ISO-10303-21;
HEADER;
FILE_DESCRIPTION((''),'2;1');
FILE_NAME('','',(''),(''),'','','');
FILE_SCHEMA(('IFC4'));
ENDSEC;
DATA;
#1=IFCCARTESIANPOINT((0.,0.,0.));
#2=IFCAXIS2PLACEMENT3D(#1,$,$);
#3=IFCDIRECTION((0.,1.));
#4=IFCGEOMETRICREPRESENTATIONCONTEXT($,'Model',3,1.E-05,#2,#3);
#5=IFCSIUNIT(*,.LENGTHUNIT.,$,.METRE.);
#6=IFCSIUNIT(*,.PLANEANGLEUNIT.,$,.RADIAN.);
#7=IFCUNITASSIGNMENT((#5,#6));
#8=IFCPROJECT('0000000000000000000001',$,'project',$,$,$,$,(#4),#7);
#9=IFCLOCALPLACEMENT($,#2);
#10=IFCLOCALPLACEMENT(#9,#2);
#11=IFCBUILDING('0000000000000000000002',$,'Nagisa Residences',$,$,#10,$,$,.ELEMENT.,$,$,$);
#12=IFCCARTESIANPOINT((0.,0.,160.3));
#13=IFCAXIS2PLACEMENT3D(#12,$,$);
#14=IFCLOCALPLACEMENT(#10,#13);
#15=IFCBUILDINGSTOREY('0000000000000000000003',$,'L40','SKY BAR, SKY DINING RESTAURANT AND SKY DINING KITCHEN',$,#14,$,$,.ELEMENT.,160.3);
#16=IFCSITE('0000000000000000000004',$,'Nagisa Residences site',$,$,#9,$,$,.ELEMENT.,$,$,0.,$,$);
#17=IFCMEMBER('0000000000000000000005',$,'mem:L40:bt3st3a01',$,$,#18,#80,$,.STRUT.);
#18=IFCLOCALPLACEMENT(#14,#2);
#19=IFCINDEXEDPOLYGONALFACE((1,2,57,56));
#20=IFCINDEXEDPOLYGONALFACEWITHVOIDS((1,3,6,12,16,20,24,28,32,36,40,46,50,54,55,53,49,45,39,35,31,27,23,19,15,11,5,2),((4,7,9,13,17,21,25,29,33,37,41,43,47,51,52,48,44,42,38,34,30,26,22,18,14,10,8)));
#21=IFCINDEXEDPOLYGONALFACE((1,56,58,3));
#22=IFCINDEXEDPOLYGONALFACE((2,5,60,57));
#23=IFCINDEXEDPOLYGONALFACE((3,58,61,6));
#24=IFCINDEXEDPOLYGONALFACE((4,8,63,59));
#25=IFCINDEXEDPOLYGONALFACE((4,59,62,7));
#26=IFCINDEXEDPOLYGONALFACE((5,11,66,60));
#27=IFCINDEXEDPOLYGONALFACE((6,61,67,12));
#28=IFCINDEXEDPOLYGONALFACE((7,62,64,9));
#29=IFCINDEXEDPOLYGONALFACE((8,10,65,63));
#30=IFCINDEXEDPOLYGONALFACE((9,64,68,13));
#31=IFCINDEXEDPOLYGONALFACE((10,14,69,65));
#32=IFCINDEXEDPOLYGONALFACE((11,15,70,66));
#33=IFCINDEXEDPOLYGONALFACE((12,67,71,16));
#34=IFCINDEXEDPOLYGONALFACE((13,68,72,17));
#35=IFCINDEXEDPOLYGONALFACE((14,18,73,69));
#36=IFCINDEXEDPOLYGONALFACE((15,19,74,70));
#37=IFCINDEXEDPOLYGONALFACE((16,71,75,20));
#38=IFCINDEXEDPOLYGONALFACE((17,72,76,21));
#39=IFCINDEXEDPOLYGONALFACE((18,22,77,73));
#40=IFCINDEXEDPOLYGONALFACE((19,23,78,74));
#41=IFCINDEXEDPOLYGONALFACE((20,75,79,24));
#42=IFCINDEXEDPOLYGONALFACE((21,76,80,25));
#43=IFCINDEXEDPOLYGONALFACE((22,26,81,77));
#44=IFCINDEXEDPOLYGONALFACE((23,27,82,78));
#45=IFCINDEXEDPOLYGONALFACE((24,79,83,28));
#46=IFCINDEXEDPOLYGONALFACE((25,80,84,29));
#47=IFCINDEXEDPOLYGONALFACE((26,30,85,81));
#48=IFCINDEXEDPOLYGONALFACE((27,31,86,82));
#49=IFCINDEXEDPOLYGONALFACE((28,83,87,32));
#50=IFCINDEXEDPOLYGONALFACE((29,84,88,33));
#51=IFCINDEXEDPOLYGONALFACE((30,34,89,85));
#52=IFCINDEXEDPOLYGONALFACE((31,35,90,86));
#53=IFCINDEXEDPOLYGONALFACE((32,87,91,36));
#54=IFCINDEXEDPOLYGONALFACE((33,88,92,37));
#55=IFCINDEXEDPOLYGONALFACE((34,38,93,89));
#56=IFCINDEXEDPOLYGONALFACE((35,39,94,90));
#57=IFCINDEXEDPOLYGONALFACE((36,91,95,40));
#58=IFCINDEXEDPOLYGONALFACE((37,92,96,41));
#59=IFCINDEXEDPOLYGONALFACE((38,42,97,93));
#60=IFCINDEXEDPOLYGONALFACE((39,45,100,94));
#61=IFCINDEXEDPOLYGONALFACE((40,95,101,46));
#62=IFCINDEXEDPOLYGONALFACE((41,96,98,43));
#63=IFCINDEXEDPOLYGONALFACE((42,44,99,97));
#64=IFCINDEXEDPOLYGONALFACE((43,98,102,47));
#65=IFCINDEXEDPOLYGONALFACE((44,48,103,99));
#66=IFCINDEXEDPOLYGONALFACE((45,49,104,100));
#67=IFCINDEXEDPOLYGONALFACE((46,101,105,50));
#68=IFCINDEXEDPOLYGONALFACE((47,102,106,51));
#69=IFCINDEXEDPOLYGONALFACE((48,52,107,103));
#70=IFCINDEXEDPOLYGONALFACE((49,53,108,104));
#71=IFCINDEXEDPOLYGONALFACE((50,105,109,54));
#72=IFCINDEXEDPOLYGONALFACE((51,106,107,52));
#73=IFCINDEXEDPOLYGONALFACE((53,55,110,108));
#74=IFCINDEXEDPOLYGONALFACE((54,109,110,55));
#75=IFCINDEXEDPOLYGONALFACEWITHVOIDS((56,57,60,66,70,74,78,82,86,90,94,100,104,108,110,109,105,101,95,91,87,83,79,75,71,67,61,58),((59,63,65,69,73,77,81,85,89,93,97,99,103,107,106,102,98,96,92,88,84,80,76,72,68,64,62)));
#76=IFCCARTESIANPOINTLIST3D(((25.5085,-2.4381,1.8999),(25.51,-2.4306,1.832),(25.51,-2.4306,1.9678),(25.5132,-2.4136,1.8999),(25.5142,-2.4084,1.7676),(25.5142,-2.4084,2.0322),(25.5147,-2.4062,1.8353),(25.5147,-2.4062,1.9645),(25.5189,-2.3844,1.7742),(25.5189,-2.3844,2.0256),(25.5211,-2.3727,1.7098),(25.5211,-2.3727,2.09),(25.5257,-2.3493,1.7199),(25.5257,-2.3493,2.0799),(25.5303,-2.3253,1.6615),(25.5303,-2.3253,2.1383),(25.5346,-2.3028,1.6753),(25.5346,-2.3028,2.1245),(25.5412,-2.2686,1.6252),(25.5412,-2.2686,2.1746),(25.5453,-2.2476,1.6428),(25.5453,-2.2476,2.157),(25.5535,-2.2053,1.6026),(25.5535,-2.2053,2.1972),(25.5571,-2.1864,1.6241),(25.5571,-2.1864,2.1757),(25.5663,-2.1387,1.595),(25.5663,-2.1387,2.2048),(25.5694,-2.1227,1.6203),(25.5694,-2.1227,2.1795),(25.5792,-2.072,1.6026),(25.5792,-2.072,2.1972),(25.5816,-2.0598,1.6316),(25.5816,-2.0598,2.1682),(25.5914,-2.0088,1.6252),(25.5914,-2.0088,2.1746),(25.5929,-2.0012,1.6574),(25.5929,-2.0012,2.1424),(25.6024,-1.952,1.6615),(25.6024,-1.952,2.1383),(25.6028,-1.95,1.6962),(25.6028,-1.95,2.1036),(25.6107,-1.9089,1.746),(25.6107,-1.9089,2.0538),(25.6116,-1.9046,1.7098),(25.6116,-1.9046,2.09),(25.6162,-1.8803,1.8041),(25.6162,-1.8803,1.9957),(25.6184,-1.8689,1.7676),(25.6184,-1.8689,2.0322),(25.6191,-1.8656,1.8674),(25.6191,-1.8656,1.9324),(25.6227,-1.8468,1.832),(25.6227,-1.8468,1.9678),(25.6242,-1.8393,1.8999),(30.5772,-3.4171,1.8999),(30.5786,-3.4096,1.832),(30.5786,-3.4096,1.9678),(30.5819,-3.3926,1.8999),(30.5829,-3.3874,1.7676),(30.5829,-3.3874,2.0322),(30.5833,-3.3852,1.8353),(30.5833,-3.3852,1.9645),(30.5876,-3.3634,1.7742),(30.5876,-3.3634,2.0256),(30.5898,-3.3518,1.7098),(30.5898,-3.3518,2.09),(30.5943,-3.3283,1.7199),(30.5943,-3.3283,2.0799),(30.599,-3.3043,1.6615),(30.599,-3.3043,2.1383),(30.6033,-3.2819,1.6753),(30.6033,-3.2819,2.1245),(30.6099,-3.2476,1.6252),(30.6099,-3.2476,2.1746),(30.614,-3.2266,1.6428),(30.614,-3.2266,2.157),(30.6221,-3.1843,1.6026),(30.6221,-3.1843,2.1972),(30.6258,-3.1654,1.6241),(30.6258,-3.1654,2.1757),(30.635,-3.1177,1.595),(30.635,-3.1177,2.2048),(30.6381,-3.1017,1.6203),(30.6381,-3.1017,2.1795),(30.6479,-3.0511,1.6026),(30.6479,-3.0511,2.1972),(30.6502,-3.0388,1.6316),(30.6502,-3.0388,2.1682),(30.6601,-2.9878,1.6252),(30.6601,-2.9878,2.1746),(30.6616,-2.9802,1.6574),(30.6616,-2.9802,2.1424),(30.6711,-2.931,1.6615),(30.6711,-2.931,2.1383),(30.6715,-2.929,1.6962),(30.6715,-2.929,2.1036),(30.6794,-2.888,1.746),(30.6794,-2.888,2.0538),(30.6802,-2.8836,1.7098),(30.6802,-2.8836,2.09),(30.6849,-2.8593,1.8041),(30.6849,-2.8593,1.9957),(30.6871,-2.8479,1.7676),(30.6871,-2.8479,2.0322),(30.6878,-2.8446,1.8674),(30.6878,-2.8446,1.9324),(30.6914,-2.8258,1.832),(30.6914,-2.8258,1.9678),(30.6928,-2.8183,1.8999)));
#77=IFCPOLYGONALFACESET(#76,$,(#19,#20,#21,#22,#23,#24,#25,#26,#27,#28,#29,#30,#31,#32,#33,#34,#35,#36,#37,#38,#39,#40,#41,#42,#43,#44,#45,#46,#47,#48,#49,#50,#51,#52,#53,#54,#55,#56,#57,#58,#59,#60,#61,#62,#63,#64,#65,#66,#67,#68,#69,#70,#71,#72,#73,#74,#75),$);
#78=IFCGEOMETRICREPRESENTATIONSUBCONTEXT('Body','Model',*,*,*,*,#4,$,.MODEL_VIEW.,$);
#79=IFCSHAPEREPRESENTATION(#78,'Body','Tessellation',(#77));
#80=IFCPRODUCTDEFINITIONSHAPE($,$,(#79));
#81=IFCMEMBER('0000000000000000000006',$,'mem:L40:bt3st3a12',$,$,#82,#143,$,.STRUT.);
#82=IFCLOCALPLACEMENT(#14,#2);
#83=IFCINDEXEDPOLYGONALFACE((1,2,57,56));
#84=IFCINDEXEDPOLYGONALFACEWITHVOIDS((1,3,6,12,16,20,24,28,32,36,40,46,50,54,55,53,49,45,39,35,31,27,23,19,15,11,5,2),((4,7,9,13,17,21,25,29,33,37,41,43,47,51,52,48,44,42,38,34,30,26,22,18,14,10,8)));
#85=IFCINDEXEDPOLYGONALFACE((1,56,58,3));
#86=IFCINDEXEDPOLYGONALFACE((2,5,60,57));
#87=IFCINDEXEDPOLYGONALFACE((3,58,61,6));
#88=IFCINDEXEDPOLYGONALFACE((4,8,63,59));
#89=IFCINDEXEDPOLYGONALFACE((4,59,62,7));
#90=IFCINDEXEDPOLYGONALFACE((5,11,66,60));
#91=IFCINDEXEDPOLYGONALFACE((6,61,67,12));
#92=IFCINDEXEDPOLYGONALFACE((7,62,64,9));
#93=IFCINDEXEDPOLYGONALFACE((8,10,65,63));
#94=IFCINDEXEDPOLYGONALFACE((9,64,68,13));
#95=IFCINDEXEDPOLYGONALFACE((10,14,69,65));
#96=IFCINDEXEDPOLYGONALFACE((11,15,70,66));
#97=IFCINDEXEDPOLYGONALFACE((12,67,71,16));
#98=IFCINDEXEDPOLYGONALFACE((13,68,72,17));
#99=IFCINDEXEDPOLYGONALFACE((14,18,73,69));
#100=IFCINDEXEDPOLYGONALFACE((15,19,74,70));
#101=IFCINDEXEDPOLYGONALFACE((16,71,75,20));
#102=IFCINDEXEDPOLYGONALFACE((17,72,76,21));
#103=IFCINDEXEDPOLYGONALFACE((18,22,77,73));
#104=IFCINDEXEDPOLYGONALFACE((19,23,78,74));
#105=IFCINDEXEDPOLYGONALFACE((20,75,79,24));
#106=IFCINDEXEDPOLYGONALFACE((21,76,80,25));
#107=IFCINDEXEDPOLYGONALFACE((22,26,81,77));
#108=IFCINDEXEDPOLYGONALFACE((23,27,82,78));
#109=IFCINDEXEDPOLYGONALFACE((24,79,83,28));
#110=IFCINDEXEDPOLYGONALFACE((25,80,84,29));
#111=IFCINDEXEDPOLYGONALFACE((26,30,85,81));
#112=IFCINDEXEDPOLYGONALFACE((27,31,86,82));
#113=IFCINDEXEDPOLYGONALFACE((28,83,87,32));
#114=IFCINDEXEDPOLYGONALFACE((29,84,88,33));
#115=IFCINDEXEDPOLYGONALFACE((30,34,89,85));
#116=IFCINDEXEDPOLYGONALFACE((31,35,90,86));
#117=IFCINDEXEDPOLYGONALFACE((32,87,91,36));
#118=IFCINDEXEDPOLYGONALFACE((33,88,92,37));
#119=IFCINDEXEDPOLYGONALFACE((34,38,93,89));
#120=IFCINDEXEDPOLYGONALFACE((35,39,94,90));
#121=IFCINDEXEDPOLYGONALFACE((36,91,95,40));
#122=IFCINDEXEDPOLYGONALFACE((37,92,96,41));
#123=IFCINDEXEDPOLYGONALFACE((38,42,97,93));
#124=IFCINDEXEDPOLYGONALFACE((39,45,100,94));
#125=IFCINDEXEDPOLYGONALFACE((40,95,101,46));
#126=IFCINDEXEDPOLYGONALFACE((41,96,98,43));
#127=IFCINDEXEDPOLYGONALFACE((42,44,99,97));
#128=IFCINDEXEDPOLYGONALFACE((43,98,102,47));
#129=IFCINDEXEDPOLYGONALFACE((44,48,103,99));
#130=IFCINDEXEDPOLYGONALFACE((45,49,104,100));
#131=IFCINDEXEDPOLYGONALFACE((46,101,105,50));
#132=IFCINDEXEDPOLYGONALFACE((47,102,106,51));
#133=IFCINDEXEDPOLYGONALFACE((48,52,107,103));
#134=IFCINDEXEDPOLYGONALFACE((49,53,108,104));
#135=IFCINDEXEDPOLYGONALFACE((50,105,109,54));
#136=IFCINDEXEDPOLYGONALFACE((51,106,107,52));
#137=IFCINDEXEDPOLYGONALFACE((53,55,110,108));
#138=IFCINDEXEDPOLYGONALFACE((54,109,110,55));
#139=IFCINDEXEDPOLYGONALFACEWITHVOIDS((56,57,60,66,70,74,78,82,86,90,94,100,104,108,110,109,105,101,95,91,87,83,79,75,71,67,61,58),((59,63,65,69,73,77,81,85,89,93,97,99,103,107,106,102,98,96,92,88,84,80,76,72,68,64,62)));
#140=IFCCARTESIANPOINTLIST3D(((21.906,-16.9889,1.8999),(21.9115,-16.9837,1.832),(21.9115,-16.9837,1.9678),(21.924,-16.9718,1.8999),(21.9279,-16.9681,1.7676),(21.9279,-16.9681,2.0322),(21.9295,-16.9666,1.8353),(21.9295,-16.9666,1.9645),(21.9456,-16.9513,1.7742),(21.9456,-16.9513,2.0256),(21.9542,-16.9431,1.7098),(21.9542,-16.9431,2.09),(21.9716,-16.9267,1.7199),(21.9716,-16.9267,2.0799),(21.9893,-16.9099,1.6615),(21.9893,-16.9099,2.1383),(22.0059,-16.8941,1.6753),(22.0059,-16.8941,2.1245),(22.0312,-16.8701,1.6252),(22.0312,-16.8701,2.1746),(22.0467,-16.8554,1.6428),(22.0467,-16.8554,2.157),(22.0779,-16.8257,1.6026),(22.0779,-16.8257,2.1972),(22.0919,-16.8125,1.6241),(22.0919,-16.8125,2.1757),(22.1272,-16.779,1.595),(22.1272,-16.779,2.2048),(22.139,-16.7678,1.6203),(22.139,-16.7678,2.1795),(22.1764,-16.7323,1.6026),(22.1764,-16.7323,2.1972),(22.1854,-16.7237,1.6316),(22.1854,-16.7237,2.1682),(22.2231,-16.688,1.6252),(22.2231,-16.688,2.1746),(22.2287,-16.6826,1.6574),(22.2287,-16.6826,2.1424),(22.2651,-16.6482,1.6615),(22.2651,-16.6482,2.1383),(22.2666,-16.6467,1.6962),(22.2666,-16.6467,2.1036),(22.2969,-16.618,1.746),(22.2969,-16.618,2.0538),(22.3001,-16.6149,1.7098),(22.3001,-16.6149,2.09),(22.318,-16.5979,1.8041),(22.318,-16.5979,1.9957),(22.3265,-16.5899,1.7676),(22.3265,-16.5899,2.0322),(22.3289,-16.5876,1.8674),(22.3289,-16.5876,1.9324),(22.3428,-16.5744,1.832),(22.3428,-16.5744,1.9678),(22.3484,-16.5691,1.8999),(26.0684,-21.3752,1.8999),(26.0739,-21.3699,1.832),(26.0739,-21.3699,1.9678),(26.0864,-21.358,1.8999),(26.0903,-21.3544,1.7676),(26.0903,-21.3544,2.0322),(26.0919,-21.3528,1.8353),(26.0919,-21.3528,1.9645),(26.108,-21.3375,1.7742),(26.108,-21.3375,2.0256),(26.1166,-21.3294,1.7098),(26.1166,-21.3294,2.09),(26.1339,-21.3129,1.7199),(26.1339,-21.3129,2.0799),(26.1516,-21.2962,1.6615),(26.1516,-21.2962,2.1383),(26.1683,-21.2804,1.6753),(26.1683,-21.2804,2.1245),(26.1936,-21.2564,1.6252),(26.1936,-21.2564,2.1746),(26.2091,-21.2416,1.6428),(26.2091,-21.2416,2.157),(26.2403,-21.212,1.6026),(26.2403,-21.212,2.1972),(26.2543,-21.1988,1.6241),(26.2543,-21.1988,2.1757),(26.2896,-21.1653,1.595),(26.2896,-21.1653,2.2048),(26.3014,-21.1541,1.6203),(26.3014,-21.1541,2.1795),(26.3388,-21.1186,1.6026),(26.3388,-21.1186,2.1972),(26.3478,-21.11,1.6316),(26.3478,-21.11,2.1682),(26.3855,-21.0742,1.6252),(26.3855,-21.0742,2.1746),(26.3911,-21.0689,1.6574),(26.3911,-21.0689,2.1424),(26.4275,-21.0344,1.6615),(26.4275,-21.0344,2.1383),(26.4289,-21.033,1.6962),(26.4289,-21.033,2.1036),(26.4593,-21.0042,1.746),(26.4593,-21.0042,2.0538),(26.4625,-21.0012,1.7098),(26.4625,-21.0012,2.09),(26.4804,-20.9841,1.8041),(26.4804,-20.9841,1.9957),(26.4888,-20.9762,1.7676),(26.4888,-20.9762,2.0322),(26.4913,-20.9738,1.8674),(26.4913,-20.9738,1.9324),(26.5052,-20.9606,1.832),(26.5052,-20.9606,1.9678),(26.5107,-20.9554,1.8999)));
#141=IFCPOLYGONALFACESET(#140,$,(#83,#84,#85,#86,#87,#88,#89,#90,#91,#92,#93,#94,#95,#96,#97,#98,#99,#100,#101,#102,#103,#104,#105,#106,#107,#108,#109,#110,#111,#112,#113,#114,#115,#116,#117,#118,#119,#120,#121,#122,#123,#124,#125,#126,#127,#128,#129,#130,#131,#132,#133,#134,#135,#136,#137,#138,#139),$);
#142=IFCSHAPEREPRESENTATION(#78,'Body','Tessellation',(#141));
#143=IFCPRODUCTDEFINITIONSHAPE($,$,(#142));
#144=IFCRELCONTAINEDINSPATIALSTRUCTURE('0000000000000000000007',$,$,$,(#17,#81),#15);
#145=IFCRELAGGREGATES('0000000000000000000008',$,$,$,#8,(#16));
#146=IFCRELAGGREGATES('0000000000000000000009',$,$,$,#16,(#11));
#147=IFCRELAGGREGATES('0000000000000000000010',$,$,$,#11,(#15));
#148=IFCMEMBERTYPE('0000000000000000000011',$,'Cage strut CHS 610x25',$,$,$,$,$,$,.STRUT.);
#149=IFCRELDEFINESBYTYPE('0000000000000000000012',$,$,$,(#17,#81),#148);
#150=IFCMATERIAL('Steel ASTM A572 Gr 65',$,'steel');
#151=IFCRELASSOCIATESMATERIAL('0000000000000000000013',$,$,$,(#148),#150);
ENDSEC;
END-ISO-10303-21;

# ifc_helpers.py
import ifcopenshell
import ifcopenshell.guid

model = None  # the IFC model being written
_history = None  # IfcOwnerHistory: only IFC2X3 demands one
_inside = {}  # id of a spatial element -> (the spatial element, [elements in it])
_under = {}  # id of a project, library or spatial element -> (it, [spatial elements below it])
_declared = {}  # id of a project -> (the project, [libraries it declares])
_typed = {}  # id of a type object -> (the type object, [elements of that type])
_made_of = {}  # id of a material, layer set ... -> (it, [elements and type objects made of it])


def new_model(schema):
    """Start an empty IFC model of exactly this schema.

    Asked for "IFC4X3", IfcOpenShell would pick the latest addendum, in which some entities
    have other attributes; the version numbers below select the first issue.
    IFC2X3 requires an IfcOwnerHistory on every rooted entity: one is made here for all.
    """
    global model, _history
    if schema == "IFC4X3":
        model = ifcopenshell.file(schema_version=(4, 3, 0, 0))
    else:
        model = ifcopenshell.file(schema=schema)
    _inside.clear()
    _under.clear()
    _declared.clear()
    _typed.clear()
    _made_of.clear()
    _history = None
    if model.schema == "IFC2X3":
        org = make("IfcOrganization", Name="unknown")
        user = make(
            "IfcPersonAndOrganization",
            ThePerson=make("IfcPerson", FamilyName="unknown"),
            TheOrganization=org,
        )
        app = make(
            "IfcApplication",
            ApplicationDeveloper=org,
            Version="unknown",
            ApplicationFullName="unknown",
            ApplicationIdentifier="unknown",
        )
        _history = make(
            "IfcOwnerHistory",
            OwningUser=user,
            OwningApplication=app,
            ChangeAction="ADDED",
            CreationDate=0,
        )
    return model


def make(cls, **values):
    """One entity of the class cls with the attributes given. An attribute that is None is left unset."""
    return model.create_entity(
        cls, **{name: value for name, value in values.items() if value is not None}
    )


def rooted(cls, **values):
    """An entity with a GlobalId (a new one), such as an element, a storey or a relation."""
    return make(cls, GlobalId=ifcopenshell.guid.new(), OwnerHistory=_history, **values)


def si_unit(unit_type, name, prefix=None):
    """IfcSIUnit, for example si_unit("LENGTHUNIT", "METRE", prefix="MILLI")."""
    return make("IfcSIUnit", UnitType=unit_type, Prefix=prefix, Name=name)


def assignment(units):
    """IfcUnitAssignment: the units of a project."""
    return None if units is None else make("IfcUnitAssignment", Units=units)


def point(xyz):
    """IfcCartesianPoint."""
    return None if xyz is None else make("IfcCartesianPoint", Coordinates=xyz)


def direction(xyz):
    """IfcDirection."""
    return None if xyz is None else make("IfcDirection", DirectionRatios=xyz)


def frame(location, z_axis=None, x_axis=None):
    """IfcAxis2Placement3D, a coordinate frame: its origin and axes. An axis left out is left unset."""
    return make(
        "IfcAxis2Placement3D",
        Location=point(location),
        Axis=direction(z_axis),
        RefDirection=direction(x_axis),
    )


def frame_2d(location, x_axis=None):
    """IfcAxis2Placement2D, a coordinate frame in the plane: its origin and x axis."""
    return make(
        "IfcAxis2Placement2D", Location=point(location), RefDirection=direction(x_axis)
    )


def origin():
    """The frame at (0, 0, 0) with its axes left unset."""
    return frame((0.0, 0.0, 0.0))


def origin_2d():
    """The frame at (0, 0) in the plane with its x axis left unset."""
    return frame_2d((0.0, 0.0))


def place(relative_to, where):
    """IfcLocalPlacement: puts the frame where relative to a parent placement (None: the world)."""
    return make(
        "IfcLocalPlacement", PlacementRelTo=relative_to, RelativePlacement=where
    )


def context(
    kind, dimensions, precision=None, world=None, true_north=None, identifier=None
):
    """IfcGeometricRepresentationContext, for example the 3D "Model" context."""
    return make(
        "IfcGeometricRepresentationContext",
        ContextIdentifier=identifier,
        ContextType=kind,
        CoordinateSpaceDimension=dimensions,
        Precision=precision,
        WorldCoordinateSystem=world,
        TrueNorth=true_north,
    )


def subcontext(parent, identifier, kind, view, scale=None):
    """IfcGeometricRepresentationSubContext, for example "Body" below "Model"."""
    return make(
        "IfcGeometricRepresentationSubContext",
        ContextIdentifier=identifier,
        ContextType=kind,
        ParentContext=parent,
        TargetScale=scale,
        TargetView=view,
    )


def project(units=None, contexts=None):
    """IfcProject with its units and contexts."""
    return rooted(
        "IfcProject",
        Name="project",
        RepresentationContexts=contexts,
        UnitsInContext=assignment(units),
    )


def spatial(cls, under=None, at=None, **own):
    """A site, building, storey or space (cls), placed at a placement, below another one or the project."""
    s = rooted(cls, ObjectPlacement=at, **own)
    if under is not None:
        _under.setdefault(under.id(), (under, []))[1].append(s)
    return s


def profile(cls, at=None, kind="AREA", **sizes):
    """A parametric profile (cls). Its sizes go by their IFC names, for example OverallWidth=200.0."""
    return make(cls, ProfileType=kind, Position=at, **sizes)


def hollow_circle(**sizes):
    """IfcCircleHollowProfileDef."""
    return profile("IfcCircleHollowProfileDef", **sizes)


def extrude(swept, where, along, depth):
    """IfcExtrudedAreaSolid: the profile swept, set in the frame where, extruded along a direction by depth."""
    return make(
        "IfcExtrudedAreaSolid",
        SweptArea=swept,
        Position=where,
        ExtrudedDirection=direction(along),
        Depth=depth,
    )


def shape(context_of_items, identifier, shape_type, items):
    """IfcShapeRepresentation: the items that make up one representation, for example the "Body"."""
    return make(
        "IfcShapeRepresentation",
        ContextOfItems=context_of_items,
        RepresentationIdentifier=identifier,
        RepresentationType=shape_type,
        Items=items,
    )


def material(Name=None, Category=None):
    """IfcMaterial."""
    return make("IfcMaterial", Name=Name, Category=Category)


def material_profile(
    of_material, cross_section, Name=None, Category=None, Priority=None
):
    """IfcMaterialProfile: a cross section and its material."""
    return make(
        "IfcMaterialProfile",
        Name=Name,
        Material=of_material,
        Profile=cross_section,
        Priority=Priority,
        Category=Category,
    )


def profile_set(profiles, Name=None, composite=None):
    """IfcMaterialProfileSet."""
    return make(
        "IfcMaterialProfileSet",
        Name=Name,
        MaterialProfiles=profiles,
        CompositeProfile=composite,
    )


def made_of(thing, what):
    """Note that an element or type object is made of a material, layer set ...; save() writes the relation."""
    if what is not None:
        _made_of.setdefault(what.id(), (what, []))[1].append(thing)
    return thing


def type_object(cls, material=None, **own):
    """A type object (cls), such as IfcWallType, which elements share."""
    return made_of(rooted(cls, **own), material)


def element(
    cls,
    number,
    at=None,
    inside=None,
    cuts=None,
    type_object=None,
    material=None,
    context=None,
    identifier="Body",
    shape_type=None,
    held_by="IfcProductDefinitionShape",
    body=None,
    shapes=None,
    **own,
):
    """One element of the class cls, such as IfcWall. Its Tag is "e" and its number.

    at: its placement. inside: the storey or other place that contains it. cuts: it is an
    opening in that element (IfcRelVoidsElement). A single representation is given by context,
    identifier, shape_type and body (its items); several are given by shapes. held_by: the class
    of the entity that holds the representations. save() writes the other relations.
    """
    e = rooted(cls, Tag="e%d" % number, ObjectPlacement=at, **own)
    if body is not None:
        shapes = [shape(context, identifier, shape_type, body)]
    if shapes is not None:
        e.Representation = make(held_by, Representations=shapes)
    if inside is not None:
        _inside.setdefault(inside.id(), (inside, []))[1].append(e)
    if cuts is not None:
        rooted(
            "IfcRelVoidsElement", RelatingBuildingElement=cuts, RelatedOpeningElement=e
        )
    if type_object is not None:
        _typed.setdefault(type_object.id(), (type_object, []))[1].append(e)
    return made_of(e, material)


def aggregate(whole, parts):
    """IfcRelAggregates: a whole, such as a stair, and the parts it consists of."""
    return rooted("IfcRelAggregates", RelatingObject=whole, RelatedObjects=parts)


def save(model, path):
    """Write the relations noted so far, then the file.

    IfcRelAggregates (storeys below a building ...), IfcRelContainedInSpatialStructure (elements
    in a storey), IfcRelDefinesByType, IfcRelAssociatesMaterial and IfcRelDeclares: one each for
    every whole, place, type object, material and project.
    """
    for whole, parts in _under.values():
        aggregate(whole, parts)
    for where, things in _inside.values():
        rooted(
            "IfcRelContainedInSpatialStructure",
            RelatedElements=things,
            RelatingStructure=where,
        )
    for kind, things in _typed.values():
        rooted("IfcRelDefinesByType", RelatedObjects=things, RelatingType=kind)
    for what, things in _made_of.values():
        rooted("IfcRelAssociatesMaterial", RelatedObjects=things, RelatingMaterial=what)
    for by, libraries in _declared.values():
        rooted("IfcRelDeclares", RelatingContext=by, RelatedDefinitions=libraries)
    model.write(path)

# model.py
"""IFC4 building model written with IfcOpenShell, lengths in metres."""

from ifc_helpers import new_model, si_unit, direction, frame, origin, origin_2d, place, context, subcontext, project, spatial, hollow_circle, extrude, material, material_profile, profile_set, type_object, element, save


model = new_model("IFC4")

# Units and contexts
model_context = context("Model", 3, precision=1e-05, world=origin(), true_north=direction((0.0, 1.0)))
body_context = subcontext(model_context, "Body", "Model", "MODEL_VIEW")
ifc_project = project(units=[si_unit("LENGTHUNIT", "METRE"), si_unit("PLANEANGLEUNIT", "RADIAN")], contexts=[model_context])

# Site, building, storey
site_placement = place(None, origin())
site = spatial("IfcSite", under=ifc_project, at=site_placement, Name="Nagisa Residences site", CompositionType="ELEMENT", RefElevation=0.0)
building_placement = place(site_placement, origin())
building = spatial("IfcBuilding", under=site, at=building_placement, Name="Nagisa Residences", CompositionType="ELEMENT")
storey_placement = place(building_placement, frame((0.0, 0.0, 160.3)))
storey = spatial("IfcBuildingStorey", under=building, at=storey_placement, Name="L40", Description="SKY BAR, SKY DINING RESTAURANT AND SKY DINING KITCHEN", CompositionType="ELEMENT", Elevation=160.3)

# Members
ifc_material_1 = material(Name="Steel ASTM A572 Gr 65", Category="steel")
ifc_material_profile_1 = material_profile(ifc_material_1, hollow_circle(Radius=0.3049, WallThickness=0.0249, at=origin_2d()), Name="CHS 610x25")
ifc_profile_set_1 = profile_set([ifc_material_profile_1], Name="Steel ASTM A572 Gr 65")
member_type_1 = type_object("IfcMemberType", Name="Cage strut CHS 610x25", PredefinedType="STRUT", material=ifc_profile_set_1)
member_1_placement = place(storey_placement, frame((30.635, -3.1177, 1.8999), z_axis=(-0.981853, 0.189645, 0.0), x_axis=(-0.189645, -0.981853, 0.0)))
element("IfcMember", 1, at=member_1_placement, inside=storey, type_object=member_type_1, Name="mem:L40:bt3st3a01", PredefinedType="STRUT", context=body_context, shape_type="SweptSolid", body=[
    extrude(hollow_circle(Radius=0.3049, WallThickness=0.0249, at=origin_2d()), origin(), (0.0, 0.0, 1.0), 5.1624),
])
member_2_placement = place(storey_placement, frame((26.2896, -21.1653, 1.8999), z_axis=(-0.688353, 0.725376, 0.0), x_axis=(-0.725376, -0.688353, 0.0)))
element("IfcMember", 2, at=member_2_placement, inside=storey, type_object=member_type_1, Name="mem:L40:bt3st3a12", PredefinedType="STRUT", context=body_context, shape_type="SweptSolid", body=[
    extrude(hollow_circle(Radius=0.3049, WallThickness=0.0249, at=origin_2d()), origin(), (0.0, 0.0, 1.0), 6.0469),
])

save(model, "model.ifc")
